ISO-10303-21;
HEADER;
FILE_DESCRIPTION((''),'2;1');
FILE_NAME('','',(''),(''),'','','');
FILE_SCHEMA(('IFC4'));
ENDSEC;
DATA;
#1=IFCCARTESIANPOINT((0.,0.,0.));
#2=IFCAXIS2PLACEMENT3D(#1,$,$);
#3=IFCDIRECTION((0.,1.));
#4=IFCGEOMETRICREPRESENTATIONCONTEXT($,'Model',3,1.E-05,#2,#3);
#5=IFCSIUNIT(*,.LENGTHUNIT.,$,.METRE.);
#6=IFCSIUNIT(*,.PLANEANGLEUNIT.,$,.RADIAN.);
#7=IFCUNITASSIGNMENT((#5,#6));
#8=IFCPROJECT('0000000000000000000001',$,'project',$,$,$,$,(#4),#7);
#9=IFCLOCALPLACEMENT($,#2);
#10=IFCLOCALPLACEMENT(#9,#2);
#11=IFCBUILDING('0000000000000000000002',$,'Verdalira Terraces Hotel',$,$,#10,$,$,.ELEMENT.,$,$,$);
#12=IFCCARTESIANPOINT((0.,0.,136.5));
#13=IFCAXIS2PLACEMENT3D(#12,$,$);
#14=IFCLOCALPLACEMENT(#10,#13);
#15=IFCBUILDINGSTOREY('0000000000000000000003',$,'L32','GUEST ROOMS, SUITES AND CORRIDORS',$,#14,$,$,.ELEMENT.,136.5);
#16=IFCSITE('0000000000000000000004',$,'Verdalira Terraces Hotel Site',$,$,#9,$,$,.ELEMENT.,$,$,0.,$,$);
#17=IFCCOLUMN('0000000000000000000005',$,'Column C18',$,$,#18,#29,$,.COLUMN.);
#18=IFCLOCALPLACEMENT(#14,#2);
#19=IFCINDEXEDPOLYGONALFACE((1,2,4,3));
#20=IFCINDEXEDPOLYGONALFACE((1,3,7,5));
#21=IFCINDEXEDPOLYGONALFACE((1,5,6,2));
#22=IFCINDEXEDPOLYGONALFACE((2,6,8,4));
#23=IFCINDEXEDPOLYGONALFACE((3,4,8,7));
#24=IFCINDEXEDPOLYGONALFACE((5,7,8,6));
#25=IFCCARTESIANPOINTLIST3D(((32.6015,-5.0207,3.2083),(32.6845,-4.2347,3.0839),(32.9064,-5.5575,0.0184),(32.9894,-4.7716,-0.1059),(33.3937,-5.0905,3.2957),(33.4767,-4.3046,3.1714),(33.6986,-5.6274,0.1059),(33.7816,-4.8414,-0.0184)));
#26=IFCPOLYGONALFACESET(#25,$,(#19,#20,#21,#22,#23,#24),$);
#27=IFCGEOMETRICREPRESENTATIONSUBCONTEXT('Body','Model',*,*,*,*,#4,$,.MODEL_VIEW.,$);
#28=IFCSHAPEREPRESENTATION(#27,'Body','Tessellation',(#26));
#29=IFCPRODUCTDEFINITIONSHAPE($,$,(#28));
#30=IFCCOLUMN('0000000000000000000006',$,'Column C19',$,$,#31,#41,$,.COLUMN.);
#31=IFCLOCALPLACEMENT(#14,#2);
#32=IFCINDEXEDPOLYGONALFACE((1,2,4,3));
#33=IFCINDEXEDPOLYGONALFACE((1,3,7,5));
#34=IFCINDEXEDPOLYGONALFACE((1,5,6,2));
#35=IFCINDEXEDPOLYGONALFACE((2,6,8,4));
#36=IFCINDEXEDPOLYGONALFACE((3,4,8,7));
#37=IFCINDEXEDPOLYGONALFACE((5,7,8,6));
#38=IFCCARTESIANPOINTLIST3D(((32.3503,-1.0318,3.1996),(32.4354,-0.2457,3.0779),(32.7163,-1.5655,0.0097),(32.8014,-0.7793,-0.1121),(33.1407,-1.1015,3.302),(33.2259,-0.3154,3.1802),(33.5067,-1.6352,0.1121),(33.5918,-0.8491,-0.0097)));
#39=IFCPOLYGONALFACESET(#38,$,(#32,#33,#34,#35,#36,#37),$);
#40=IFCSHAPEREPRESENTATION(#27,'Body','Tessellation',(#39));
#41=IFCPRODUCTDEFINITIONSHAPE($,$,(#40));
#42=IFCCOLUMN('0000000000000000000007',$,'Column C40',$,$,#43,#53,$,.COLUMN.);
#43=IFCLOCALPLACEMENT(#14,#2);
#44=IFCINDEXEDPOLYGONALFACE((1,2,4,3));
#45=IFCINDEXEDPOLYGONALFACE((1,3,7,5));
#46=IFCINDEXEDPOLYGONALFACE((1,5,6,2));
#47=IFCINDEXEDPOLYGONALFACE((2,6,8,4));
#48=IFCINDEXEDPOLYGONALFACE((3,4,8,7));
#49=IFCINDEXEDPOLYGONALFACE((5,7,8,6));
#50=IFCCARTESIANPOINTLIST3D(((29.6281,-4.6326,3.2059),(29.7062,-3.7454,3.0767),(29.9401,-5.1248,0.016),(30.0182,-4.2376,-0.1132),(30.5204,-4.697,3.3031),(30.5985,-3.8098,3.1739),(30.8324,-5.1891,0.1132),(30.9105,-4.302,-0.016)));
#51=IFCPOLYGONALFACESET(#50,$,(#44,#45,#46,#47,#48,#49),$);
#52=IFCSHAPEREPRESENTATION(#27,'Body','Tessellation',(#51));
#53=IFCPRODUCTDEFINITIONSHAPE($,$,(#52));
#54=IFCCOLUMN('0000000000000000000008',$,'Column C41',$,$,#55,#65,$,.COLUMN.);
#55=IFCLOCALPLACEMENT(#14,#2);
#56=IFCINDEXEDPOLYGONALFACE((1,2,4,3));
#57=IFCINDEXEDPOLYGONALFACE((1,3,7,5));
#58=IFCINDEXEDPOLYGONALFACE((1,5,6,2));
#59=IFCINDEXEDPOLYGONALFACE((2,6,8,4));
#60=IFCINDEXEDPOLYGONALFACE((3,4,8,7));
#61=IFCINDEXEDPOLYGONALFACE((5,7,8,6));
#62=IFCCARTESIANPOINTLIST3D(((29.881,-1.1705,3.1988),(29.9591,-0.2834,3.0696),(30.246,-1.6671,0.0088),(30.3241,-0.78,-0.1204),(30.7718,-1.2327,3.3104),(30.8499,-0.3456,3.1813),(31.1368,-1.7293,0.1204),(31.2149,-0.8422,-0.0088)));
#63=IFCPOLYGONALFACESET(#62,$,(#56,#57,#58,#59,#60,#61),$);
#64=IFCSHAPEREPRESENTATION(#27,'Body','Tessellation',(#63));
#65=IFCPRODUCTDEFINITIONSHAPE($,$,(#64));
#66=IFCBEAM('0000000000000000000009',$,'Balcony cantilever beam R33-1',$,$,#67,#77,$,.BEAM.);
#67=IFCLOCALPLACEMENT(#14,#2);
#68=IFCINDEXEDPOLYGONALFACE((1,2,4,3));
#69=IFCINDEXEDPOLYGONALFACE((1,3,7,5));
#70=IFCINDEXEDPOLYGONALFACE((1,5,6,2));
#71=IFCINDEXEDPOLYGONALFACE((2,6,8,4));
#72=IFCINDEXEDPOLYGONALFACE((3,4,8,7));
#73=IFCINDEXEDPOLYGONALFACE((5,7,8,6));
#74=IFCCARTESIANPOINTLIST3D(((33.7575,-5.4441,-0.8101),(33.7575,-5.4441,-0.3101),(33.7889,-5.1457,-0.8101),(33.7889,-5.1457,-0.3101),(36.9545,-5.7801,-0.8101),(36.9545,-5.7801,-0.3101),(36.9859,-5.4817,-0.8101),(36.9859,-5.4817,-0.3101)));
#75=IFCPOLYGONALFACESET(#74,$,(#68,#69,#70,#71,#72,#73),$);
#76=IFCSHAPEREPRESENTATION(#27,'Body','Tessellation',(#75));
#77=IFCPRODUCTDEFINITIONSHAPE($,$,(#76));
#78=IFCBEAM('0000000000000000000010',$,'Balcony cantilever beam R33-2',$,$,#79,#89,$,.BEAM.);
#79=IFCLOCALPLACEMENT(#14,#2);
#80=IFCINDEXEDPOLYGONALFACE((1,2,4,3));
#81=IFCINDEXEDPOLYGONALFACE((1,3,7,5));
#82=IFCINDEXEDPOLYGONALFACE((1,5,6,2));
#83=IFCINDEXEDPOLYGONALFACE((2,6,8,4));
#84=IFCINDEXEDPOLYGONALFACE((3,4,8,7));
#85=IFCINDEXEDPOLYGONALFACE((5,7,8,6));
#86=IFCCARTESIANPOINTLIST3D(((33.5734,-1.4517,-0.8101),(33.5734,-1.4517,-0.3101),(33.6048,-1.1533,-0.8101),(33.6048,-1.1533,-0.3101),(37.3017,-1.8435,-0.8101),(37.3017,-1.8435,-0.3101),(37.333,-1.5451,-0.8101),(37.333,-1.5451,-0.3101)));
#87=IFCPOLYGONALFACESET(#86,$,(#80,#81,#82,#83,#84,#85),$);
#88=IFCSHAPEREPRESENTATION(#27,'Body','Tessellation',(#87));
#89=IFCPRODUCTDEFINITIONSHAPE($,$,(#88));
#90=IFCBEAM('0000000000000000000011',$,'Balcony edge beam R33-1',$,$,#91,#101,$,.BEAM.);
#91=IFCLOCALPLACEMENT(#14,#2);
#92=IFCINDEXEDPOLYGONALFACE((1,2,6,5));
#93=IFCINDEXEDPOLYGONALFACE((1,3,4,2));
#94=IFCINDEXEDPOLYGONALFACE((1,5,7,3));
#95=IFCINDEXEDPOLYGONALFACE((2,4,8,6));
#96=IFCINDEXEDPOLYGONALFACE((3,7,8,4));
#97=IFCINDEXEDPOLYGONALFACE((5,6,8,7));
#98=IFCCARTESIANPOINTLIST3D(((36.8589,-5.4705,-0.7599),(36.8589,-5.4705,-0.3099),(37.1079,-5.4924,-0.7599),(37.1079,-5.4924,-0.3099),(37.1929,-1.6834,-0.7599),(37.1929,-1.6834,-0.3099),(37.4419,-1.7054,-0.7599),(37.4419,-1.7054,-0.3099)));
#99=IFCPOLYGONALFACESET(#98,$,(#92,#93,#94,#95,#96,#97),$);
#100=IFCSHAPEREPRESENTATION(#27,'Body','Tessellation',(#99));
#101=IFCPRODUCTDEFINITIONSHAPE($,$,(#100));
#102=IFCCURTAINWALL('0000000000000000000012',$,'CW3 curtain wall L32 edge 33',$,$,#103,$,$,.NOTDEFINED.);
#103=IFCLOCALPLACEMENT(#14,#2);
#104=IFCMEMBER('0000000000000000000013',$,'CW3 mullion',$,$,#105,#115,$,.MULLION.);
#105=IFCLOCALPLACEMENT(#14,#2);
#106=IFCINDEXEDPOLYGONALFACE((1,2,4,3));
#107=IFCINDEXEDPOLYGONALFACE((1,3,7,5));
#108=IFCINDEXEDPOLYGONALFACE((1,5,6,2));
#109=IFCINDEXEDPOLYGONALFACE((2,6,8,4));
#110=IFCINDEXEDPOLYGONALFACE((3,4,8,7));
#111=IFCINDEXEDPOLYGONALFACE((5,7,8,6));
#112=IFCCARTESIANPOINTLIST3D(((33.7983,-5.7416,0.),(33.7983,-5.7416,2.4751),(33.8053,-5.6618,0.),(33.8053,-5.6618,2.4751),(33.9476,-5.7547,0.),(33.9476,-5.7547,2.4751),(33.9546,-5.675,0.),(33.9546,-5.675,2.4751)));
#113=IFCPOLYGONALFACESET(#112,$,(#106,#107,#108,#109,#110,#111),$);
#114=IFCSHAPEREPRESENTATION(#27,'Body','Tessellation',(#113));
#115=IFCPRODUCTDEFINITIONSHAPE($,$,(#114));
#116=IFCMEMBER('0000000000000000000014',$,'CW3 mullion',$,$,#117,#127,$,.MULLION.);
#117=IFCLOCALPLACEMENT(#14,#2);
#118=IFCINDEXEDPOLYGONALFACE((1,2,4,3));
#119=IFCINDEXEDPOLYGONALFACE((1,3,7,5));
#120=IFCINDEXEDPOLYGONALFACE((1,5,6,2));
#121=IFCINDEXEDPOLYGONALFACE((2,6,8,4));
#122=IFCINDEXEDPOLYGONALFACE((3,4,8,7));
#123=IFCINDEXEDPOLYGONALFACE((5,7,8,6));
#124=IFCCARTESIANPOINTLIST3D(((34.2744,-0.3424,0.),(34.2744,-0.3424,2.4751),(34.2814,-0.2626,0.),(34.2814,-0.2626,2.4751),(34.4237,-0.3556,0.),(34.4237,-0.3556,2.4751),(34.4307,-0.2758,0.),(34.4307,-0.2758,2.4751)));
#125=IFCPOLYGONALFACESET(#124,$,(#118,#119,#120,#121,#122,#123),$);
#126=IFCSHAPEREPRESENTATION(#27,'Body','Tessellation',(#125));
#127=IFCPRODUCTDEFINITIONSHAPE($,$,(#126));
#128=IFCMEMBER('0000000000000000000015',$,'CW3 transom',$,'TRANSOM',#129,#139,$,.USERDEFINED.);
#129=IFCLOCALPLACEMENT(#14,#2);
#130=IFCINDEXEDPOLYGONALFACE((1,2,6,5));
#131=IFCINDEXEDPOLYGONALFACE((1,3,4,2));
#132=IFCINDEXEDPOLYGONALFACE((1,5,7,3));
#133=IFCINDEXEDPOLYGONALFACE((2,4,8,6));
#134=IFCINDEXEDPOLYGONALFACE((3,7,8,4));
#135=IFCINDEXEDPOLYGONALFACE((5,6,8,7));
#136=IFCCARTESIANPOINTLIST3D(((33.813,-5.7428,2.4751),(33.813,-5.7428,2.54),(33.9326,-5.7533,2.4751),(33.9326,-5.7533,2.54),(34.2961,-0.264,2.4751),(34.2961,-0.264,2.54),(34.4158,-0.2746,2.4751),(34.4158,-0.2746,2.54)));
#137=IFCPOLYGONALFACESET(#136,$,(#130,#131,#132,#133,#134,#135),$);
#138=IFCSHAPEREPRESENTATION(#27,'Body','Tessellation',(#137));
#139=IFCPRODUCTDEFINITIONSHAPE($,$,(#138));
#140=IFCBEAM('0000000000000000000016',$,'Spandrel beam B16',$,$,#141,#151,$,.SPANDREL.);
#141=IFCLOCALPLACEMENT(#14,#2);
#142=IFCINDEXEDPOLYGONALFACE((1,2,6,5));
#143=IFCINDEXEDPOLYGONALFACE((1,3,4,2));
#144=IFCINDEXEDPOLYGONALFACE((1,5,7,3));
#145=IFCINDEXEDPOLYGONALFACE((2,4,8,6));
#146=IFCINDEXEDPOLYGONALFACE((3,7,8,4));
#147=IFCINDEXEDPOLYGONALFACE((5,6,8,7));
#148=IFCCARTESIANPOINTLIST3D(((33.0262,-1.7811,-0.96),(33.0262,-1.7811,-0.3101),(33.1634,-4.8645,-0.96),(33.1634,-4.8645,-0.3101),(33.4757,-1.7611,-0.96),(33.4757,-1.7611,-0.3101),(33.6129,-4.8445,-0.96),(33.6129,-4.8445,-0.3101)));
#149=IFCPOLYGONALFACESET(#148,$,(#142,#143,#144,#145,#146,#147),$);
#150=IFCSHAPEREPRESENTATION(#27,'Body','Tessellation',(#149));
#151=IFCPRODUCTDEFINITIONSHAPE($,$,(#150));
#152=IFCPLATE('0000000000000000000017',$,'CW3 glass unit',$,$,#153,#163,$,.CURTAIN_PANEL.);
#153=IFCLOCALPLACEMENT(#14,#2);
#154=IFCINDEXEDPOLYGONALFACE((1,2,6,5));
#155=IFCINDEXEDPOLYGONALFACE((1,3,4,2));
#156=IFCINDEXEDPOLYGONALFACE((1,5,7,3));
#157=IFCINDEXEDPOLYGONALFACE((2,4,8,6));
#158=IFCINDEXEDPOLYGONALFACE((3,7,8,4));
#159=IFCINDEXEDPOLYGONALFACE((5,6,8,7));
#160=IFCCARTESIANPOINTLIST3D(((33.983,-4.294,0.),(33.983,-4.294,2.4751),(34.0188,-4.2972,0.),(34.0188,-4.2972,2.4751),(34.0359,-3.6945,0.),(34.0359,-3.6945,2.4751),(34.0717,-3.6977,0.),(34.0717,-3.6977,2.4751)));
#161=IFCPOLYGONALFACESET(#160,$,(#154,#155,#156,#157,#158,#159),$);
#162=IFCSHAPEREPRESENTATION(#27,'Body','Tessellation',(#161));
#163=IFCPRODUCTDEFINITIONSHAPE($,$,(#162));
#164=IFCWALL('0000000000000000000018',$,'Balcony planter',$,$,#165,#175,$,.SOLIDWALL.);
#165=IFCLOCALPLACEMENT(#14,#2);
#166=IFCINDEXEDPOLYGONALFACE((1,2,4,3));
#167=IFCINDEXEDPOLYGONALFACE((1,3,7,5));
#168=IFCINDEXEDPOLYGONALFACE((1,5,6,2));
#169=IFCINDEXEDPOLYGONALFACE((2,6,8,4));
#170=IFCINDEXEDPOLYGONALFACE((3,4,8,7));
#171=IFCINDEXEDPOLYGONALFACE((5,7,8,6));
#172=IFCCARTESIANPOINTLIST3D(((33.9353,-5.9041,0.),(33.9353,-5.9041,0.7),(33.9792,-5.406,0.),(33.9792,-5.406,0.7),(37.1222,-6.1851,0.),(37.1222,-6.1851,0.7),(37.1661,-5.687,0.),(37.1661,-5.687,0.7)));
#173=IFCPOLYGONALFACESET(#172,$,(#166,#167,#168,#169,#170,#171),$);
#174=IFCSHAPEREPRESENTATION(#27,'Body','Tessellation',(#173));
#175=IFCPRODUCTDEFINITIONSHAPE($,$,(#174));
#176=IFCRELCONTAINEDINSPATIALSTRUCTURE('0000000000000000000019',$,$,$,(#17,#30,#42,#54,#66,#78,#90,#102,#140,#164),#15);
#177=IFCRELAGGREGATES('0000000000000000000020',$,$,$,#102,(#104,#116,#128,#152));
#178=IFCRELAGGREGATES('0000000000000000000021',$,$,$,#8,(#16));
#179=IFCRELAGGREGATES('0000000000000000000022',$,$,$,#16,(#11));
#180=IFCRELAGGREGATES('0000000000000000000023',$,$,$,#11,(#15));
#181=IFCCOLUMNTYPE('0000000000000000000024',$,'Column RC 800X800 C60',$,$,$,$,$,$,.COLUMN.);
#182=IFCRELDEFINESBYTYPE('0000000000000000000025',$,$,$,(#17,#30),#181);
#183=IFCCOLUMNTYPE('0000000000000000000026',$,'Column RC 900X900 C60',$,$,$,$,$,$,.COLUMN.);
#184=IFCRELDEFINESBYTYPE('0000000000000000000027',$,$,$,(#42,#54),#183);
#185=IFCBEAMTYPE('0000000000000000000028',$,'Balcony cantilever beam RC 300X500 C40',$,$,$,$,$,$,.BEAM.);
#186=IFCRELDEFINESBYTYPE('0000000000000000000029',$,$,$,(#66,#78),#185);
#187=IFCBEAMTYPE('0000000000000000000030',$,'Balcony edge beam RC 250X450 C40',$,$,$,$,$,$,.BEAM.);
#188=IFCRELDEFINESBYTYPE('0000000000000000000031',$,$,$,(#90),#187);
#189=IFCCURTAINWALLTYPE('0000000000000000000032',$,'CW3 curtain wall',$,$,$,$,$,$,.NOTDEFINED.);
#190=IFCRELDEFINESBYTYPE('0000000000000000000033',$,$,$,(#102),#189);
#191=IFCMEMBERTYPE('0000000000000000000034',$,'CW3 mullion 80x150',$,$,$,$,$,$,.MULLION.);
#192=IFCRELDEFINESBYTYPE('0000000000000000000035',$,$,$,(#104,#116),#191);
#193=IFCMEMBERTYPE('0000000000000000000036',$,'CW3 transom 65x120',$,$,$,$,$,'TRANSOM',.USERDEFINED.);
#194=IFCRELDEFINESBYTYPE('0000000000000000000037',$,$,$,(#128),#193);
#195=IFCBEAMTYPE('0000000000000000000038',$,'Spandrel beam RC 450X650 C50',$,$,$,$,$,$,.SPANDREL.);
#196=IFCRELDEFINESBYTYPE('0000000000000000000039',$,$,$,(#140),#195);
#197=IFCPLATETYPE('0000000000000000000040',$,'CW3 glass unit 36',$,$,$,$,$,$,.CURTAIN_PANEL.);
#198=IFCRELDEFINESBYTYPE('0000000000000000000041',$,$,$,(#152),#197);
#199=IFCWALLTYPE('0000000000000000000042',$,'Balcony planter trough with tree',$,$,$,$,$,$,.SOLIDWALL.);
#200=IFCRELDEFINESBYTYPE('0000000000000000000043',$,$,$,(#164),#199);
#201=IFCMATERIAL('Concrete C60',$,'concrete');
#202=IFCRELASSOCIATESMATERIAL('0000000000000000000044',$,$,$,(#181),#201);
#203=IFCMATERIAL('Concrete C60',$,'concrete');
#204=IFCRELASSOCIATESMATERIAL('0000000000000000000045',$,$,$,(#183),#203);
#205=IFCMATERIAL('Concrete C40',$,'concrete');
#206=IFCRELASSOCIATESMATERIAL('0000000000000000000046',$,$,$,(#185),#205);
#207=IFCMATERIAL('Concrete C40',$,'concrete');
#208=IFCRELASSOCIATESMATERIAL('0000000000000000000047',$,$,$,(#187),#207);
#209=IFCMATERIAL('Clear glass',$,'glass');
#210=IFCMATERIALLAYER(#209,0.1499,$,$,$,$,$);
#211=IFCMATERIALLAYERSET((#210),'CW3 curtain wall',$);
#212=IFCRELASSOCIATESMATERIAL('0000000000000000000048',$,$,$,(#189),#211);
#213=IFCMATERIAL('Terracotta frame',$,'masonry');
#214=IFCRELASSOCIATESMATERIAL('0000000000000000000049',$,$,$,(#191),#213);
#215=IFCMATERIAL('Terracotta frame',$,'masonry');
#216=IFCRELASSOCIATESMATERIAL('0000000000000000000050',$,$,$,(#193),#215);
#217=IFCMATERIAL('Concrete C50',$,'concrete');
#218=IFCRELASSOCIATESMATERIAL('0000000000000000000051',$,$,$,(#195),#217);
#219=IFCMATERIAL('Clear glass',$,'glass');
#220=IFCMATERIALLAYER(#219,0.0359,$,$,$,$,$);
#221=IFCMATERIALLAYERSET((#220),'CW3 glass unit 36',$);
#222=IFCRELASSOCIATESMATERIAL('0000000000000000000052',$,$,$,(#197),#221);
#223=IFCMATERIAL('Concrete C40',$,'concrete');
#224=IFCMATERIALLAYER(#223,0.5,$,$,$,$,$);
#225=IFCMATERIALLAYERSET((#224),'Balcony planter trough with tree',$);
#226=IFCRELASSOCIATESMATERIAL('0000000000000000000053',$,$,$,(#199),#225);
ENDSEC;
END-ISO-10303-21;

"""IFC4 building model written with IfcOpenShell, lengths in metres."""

from ifc_helpers import new_model, si_unit, direction, frame, frame_2d, origin, origin_2d, place, context, subcontext, project, spatial, rectangle, extrude, material, layer, layer_set, material_profile, profile_set, type_object, element, aggregate, save


model = new_model("IFC4")

# Units and contexts
model_context = context("Model", 3, precision=1e-05, world=origin(), true_north=direction((0.0, 1.0)))
body_context = subcontext(model_context, "Body", "Model", "MODEL_VIEW")
ifc_project = project(units=[si_unit("LENGTHUNIT", "METRE"), si_unit("PLANEANGLEUNIT", "RADIAN")], contexts=[model_context])

# Site, building, storey
site_placement = place(None, origin())
site = spatial("IfcSite", under=ifc_project, at=site_placement, Name="Verdalira Terraces Hotel Site", CompositionType="ELEMENT", RefElevation=0.0)
building_placement = place(site_placement, origin())
building = spatial("IfcBuilding", under=site, at=building_placement, Name="Verdalira Terraces Hotel", CompositionType="ELEMENT")
storey_placement = place(building_placement, frame((0.0, 0.0, 136.5)))
storey = spatial("IfcBuildingStorey", under=building, at=storey_placement, Name="L32", Description="GUEST ROOMS, SUITES AND CORRIDORS", CompositionType="ELEMENT", Elevation=136.5)

# Columns
ifc_material_1 = material(Name="Concrete C60", Category="concrete")
ifc_material_profile_1 = material_profile(ifc_material_1, rectangle(XDim=0.8, YDim=0.8, at=origin_2d()), Name="RC 800X800")
ifc_profile_set_1 = profile_set([ifc_material_profile_1], Name="Concrete C60")
column_type_1 = type_object("IfcColumnType", Name="Column RC 800X800 C60", PredefinedType="COLUMN", material=ifc_profile_set_1)
column_1_placement = place(storey_placement, frame((33.344, -5.1995, 0.0), z_axis=(-0.09385, 0.165233, 0.981779), x_axis=(0.103756, 0.982385, -0.155417)))
element("IfcColumn", 1, at=column_1_placement, inside=storey, type_object=column_type_1, Name="Column C18", PredefinedType="COLUMN", context=body_context, shape_type="SweptSolid", body=[
    extrude(rectangle(XDim=0.8, YDim=0.8, at=origin_2d()), origin(), (0.0, 0.0, 1.0), 3.249),
])
column_2_placement = place(storey_placement, frame((33.1541, -1.2073, 0.0), z_axis=(-0.112435, 0.163965, 0.980038), x_axis=(0.106386, 0.982609, -0.15219)))
element("IfcColumn", 2, at=column_2_placement, inside=storey, type_object=column_type_1, Name="Column C19", PredefinedType="COLUMN", context=body_context, shape_type="SweptSolid", body=[
    extrude(rectangle(XDim=0.8, YDim=0.8, at=origin_2d()), origin(), (0.0, 0.0, 1.0), 3.2549),
])
ifc_material_2 = material(Name="Concrete C60", Category="concrete")
ifc_material_profile_2 = material_profile(ifc_material_2, rectangle(XDim=0.8999, YDim=0.8999, at=origin_2d()), Name="RC 900X900")
ifc_profile_set_2 = profile_set([ifc_material_profile_2], Name="Concrete C60")
column_type_2 = type_object("IfcColumnType", Name="Column RC 900X900 C60", PredefinedType="COLUMN", material=ifc_profile_set_2)
column_3_placement = place(storey_placement, frame((30.4253, -4.7134, 0.0), z_axis=(-0.096219, 0.151782, 0.98372), x_axis=(0.991569, -0.071561, 0.108028)))
element("IfcColumn", 3, at=column_3_placement, inside=storey, type_object=column_type_2, Name="Column C40", PredefinedType="COLUMN", context=body_context, shape_type="SweptSolid", body=[
    extrude(rectangle(XDim=0.8999, YDim=0.8999, at=origin_2d()), origin(), (0.0, 0.0, 1.0), 3.2427),
])
column_4_placement = place(storey_placement, frame((30.7305, -1.2546, 0.0), z_axis=(-0.112342, 0.152845, 0.981844), x_axis=(0.98987, -0.069109, 0.124018)))
element("IfcColumn", 4, at=column_4_placement, inside=storey, type_object=column_type_2, Name="Column C41", PredefinedType="COLUMN", context=body_context, shape_type="SweptSolid", body=[
    extrude(rectangle(XDim=0.8999, YDim=0.8999, at=origin_2d()), origin(), (0.0, 0.0, 1.0), 3.249),
])

# Beams
ifc_material_3 = material(Name="Concrete C40", Category="concrete")
ifc_material_profile_3 = material_profile(ifc_material_3, rectangle(XDim=0.3, YDim=0.5, at=origin_2d()), Name="RC 300X500")
ifc_profile_set_3 = profile_set([ifc_material_profile_3], Name="Concrete C40")
beam_type_1 = type_object("IfcBeamType", Name="Balcony cantilever beam RC 300X500 C40", PredefinedType="BEAM", material=ifc_profile_set_3)
beam_1_placement = place(storey_placement, frame((33.7732, -5.2949, -0.5601), z_axis=(0.994525, -0.104503, 0.0), x_axis=(0.104503, 0.994525, 0.0)))
element("IfcBeam", 5, at=beam_1_placement, inside=storey, type_object=beam_type_1, Name="Balcony cantilever beam R33-1", PredefinedType="BEAM", context=body_context, shape_type="SweptSolid", body=[
    extrude(rectangle(XDim=0.3, YDim=0.5, at=origin_2d()), origin(), (0.0, 0.0, 1.0), 3.2146),
])
beam_2_placement = place(storey_placement, frame((33.5891, -1.3025, -0.5601), z_axis=(0.994522, -0.104525, 0.0), x_axis=(0.104525, 0.994522, 0.0)))
element("IfcBeam", 6, at=beam_2_placement, inside=storey, type_object=beam_type_1, Name="Balcony cantilever beam R33-2", PredefinedType="BEAM", context=body_context, shape_type="SweptSolid", body=[
    extrude(rectangle(XDim=0.3, YDim=0.5, at=origin_2d()), origin(), (0.0, 0.0, 1.0), 3.7488),
])
ifc_material_4 = material(Name="Concrete C40", Category="concrete")
ifc_material_profile_4 = material_profile(ifc_material_4, rectangle(XDim=0.25, YDim=0.45, at=origin_2d()), Name="RC 250X450")
ifc_profile_set_4 = profile_set([ifc_material_profile_4], Name="Concrete C40")
beam_type_2 = type_object("IfcBeamType", Name="Balcony edge beam RC 250X450 C40", PredefinedType="BEAM", material=ifc_profile_set_4)
beam_3_placement = place(storey_placement, frame((36.9834, -5.4814, -0.5349), z_axis=(0.087849, 0.996134, 0.0), x_axis=(-0.996134, 0.087849, 0.0)))
element("IfcBeam", 7, at=beam_3_placement, inside=storey, type_object=beam_type_2, Name="Balcony edge beam R33-1", PredefinedType="BEAM", context=body_context, shape_type="SweptSolid", body=[
    extrude(rectangle(XDim=0.25, YDim=0.45, at=origin_2d()), origin(), (0.0, 0.0, 1.0), 3.8018),
])

# Curtain wall, members
ifc_material_5 = material(Name="Clear glass", Category="glass")
ifc_layer_1 = layer(ifc_material_5, 0.1499)
ifc_layer_set_1 = layer_set([ifc_layer_1], Name="CW3 curtain wall")
curtain_wall_type = type_object("IfcCurtainWallType", Name="CW3 curtain wall", PredefinedType="NOTDEFINED", material=ifc_layer_set_1)
curtain_wall_placement = place(storey_placement, origin())
curtain_wall = element("IfcCurtainWall", 8, at=curtain_wall_placement, inside=storey, type_object=curtain_wall_type, Name="CW3 curtain wall L32 edge 33", PredefinedType="NOTDEFINED")
ifc_material_6 = material(Name="Terracotta frame", Category="masonry")
ifc_material_profile_5 = material_profile(ifc_material_6, rectangle(XDim=0.0801, YDim=0.1499, at=origin_2d()), Name="MU 80x150")
ifc_profile_set_5 = profile_set([ifc_material_profile_5], Name="Terracotta frame")
member_type_1 = type_object("IfcMemberType", Name="CW3 mullion 80x150", PredefinedType="MULLION", material=ifc_profile_set_5)
member_1_placement = place(storey_placement, frame((33.8765, -5.7083, 0.0), z_axis=(0.0, 0.0, 1.0), x_axis=(0.087851, 0.996134, 0.0)))
member_1 = element("IfcMember", 9, at=member_1_placement, type_object=member_type_1, Name="CW3 mullion", PredefinedType="MULLION", context=body_context, shape_type="SweptSolid", body=[
    extrude(rectangle(XDim=0.0801, YDim=0.1499, at=origin_2d()), origin(), (0.0, 0.0, 1.0), 2.4751),
])
member_2_placement = place(storey_placement, frame((34.3525, -0.3091, 0.0), z_axis=(0.0, 0.0, 1.0), x_axis=(0.087851, 0.996134, 0.0)))
member_2 = element("IfcMember", 10, at=member_2_placement, type_object=member_type_1, Name="CW3 mullion", PredefinedType="MULLION", context=body_context, shape_type="SweptSolid", body=[
    extrude(rectangle(XDim=0.0801, YDim=0.1499, at=origin_2d()), origin(), (0.0, 0.0, 1.0), 2.4751),
])
ifc_material_7 = material(Name="Terracotta frame", Category="masonry")
ifc_material_profile_6 = material_profile(ifc_material_7, rectangle(XDim=0.1201, YDim=0.0649, at=origin_2d()), Name="TR 65x120")
ifc_profile_set_6 = profile_set([ifc_material_profile_6], Name="Terracotta frame")
member_type_2 = type_object("IfcMemberType", Name="CW3 transom 65x120", ElementType="TRANSOM", PredefinedType="USERDEFINED", material=ifc_profile_set_6)
member_3_placement = place(storey_placement, frame((33.8728, -5.748, 2.5076), z_axis=(0.087846, 0.996134, 0.0), x_axis=(-0.996134, 0.087846, 0.0)))
member_3 = element("IfcMember", 11, at=member_3_placement, type_object=member_type_2, Name="CW3 transom", ObjectType="TRANSOM", PredefinedType="USERDEFINED", context=body_context, shape_type="SweptSolid", body=[
    extrude(rectangle(XDim=0.1201, YDim=0.0649, at=origin_2d()), origin(), (0.0, 0.0, 1.0), 5.5),
])

# Beam
ifc_material_8 = material(Name="Concrete C50", Category="concrete")
ifc_material_profile_7 = material_profile(ifc_material_8, rectangle(XDim=0.45, YDim=0.6499, at=origin_2d()), Name="RC 450X650")
ifc_profile_set_7 = profile_set([ifc_material_profile_7], Name="Concrete C50")
beam_type_3 = type_object("IfcBeamType", Name="Spandrel beam RC 450X650 C50", PredefinedType="SPANDREL", material=ifc_profile_set_7)
beam_4_placement = place(storey_placement, frame((33.3882, -4.8545, -0.635), z_axis=(-0.044453, 0.999011, 0.0), x_axis=(-0.999011, -0.044453, 0.0)))
element("IfcBeam", 12, at=beam_4_placement, inside=storey, type_object=beam_type_3, Name="Spandrel beam B16", PredefinedType="SPANDREL", context=body_context, shape_type="SweptSolid", body=[
    extrude(rectangle(XDim=0.45, YDim=0.6499, at=origin_2d()), origin(), (0.0, 0.0, 1.0), 3.0864),
])

# Plate
ifc_material_9 = material(Name="Clear glass", Category="glass")
ifc_layer_2 = layer(ifc_material_9, 0.0359)
ifc_layer_set_2 = layer_set([ifc_layer_2], Name="CW3 glass unit 36")
plate_type = type_object("IfcPlateType", Name="CW3 glass unit 36", PredefinedType="CURTAIN_PANEL", material=ifc_layer_set_2)
plate_placement = place(storey_placement, frame((34.0273, -3.9958, 0.0), z_axis=(0.0, 0.0, 1.0), x_axis=(0.087851, 0.996134, 0.0)))
plate = element("IfcPlate", 13, at=plate_placement, type_object=plate_type, Name="CW3 glass unit", PredefinedType="CURTAIN_PANEL", context=body_context, shape_type="SweptSolid", body=[
    extrude(rectangle(XDim=0.6018, YDim=0.0359, at=origin_2d()), origin(), (0.0, 0.0, 1.0), 2.4751),
])
aggregate(curtain_wall, [member_1, member_2, member_3, plate])

# Wall
ifc_material_10 = material(Name="Concrete C40", Category="concrete")
ifc_layer_3 = layer(ifc_material_10, 0.5)
ifc_layer_set_3 = layer_set([ifc_layer_3], Name="Balcony planter trough with tree")
wall_type_1 = type_object("IfcWallType", Name="Balcony planter trough with tree", PredefinedType="SOLIDWALL", material=ifc_layer_set_3)
wall_1_placement = place(storey_placement, frame((33.9573, -5.655, 0.0), z_axis=(0.0, 0.0, 1.0), x_axis=(0.996135, -0.087838, 0.0)))
element("IfcWall", 14, at=wall_1_placement, inside=storey, type_object=wall_type_1, Name="Balcony planter", PredefinedType="SOLIDWALL", context=body_context, shape_type="SweptSolid", body=[
    extrude(rectangle(XDim=3.1992, YDim=0.5, at=frame_2d((1.5996, 0.0))), origin(), (0.0, 0.0, 1.0), 0.7),
])

save(model, "model.ifc")
